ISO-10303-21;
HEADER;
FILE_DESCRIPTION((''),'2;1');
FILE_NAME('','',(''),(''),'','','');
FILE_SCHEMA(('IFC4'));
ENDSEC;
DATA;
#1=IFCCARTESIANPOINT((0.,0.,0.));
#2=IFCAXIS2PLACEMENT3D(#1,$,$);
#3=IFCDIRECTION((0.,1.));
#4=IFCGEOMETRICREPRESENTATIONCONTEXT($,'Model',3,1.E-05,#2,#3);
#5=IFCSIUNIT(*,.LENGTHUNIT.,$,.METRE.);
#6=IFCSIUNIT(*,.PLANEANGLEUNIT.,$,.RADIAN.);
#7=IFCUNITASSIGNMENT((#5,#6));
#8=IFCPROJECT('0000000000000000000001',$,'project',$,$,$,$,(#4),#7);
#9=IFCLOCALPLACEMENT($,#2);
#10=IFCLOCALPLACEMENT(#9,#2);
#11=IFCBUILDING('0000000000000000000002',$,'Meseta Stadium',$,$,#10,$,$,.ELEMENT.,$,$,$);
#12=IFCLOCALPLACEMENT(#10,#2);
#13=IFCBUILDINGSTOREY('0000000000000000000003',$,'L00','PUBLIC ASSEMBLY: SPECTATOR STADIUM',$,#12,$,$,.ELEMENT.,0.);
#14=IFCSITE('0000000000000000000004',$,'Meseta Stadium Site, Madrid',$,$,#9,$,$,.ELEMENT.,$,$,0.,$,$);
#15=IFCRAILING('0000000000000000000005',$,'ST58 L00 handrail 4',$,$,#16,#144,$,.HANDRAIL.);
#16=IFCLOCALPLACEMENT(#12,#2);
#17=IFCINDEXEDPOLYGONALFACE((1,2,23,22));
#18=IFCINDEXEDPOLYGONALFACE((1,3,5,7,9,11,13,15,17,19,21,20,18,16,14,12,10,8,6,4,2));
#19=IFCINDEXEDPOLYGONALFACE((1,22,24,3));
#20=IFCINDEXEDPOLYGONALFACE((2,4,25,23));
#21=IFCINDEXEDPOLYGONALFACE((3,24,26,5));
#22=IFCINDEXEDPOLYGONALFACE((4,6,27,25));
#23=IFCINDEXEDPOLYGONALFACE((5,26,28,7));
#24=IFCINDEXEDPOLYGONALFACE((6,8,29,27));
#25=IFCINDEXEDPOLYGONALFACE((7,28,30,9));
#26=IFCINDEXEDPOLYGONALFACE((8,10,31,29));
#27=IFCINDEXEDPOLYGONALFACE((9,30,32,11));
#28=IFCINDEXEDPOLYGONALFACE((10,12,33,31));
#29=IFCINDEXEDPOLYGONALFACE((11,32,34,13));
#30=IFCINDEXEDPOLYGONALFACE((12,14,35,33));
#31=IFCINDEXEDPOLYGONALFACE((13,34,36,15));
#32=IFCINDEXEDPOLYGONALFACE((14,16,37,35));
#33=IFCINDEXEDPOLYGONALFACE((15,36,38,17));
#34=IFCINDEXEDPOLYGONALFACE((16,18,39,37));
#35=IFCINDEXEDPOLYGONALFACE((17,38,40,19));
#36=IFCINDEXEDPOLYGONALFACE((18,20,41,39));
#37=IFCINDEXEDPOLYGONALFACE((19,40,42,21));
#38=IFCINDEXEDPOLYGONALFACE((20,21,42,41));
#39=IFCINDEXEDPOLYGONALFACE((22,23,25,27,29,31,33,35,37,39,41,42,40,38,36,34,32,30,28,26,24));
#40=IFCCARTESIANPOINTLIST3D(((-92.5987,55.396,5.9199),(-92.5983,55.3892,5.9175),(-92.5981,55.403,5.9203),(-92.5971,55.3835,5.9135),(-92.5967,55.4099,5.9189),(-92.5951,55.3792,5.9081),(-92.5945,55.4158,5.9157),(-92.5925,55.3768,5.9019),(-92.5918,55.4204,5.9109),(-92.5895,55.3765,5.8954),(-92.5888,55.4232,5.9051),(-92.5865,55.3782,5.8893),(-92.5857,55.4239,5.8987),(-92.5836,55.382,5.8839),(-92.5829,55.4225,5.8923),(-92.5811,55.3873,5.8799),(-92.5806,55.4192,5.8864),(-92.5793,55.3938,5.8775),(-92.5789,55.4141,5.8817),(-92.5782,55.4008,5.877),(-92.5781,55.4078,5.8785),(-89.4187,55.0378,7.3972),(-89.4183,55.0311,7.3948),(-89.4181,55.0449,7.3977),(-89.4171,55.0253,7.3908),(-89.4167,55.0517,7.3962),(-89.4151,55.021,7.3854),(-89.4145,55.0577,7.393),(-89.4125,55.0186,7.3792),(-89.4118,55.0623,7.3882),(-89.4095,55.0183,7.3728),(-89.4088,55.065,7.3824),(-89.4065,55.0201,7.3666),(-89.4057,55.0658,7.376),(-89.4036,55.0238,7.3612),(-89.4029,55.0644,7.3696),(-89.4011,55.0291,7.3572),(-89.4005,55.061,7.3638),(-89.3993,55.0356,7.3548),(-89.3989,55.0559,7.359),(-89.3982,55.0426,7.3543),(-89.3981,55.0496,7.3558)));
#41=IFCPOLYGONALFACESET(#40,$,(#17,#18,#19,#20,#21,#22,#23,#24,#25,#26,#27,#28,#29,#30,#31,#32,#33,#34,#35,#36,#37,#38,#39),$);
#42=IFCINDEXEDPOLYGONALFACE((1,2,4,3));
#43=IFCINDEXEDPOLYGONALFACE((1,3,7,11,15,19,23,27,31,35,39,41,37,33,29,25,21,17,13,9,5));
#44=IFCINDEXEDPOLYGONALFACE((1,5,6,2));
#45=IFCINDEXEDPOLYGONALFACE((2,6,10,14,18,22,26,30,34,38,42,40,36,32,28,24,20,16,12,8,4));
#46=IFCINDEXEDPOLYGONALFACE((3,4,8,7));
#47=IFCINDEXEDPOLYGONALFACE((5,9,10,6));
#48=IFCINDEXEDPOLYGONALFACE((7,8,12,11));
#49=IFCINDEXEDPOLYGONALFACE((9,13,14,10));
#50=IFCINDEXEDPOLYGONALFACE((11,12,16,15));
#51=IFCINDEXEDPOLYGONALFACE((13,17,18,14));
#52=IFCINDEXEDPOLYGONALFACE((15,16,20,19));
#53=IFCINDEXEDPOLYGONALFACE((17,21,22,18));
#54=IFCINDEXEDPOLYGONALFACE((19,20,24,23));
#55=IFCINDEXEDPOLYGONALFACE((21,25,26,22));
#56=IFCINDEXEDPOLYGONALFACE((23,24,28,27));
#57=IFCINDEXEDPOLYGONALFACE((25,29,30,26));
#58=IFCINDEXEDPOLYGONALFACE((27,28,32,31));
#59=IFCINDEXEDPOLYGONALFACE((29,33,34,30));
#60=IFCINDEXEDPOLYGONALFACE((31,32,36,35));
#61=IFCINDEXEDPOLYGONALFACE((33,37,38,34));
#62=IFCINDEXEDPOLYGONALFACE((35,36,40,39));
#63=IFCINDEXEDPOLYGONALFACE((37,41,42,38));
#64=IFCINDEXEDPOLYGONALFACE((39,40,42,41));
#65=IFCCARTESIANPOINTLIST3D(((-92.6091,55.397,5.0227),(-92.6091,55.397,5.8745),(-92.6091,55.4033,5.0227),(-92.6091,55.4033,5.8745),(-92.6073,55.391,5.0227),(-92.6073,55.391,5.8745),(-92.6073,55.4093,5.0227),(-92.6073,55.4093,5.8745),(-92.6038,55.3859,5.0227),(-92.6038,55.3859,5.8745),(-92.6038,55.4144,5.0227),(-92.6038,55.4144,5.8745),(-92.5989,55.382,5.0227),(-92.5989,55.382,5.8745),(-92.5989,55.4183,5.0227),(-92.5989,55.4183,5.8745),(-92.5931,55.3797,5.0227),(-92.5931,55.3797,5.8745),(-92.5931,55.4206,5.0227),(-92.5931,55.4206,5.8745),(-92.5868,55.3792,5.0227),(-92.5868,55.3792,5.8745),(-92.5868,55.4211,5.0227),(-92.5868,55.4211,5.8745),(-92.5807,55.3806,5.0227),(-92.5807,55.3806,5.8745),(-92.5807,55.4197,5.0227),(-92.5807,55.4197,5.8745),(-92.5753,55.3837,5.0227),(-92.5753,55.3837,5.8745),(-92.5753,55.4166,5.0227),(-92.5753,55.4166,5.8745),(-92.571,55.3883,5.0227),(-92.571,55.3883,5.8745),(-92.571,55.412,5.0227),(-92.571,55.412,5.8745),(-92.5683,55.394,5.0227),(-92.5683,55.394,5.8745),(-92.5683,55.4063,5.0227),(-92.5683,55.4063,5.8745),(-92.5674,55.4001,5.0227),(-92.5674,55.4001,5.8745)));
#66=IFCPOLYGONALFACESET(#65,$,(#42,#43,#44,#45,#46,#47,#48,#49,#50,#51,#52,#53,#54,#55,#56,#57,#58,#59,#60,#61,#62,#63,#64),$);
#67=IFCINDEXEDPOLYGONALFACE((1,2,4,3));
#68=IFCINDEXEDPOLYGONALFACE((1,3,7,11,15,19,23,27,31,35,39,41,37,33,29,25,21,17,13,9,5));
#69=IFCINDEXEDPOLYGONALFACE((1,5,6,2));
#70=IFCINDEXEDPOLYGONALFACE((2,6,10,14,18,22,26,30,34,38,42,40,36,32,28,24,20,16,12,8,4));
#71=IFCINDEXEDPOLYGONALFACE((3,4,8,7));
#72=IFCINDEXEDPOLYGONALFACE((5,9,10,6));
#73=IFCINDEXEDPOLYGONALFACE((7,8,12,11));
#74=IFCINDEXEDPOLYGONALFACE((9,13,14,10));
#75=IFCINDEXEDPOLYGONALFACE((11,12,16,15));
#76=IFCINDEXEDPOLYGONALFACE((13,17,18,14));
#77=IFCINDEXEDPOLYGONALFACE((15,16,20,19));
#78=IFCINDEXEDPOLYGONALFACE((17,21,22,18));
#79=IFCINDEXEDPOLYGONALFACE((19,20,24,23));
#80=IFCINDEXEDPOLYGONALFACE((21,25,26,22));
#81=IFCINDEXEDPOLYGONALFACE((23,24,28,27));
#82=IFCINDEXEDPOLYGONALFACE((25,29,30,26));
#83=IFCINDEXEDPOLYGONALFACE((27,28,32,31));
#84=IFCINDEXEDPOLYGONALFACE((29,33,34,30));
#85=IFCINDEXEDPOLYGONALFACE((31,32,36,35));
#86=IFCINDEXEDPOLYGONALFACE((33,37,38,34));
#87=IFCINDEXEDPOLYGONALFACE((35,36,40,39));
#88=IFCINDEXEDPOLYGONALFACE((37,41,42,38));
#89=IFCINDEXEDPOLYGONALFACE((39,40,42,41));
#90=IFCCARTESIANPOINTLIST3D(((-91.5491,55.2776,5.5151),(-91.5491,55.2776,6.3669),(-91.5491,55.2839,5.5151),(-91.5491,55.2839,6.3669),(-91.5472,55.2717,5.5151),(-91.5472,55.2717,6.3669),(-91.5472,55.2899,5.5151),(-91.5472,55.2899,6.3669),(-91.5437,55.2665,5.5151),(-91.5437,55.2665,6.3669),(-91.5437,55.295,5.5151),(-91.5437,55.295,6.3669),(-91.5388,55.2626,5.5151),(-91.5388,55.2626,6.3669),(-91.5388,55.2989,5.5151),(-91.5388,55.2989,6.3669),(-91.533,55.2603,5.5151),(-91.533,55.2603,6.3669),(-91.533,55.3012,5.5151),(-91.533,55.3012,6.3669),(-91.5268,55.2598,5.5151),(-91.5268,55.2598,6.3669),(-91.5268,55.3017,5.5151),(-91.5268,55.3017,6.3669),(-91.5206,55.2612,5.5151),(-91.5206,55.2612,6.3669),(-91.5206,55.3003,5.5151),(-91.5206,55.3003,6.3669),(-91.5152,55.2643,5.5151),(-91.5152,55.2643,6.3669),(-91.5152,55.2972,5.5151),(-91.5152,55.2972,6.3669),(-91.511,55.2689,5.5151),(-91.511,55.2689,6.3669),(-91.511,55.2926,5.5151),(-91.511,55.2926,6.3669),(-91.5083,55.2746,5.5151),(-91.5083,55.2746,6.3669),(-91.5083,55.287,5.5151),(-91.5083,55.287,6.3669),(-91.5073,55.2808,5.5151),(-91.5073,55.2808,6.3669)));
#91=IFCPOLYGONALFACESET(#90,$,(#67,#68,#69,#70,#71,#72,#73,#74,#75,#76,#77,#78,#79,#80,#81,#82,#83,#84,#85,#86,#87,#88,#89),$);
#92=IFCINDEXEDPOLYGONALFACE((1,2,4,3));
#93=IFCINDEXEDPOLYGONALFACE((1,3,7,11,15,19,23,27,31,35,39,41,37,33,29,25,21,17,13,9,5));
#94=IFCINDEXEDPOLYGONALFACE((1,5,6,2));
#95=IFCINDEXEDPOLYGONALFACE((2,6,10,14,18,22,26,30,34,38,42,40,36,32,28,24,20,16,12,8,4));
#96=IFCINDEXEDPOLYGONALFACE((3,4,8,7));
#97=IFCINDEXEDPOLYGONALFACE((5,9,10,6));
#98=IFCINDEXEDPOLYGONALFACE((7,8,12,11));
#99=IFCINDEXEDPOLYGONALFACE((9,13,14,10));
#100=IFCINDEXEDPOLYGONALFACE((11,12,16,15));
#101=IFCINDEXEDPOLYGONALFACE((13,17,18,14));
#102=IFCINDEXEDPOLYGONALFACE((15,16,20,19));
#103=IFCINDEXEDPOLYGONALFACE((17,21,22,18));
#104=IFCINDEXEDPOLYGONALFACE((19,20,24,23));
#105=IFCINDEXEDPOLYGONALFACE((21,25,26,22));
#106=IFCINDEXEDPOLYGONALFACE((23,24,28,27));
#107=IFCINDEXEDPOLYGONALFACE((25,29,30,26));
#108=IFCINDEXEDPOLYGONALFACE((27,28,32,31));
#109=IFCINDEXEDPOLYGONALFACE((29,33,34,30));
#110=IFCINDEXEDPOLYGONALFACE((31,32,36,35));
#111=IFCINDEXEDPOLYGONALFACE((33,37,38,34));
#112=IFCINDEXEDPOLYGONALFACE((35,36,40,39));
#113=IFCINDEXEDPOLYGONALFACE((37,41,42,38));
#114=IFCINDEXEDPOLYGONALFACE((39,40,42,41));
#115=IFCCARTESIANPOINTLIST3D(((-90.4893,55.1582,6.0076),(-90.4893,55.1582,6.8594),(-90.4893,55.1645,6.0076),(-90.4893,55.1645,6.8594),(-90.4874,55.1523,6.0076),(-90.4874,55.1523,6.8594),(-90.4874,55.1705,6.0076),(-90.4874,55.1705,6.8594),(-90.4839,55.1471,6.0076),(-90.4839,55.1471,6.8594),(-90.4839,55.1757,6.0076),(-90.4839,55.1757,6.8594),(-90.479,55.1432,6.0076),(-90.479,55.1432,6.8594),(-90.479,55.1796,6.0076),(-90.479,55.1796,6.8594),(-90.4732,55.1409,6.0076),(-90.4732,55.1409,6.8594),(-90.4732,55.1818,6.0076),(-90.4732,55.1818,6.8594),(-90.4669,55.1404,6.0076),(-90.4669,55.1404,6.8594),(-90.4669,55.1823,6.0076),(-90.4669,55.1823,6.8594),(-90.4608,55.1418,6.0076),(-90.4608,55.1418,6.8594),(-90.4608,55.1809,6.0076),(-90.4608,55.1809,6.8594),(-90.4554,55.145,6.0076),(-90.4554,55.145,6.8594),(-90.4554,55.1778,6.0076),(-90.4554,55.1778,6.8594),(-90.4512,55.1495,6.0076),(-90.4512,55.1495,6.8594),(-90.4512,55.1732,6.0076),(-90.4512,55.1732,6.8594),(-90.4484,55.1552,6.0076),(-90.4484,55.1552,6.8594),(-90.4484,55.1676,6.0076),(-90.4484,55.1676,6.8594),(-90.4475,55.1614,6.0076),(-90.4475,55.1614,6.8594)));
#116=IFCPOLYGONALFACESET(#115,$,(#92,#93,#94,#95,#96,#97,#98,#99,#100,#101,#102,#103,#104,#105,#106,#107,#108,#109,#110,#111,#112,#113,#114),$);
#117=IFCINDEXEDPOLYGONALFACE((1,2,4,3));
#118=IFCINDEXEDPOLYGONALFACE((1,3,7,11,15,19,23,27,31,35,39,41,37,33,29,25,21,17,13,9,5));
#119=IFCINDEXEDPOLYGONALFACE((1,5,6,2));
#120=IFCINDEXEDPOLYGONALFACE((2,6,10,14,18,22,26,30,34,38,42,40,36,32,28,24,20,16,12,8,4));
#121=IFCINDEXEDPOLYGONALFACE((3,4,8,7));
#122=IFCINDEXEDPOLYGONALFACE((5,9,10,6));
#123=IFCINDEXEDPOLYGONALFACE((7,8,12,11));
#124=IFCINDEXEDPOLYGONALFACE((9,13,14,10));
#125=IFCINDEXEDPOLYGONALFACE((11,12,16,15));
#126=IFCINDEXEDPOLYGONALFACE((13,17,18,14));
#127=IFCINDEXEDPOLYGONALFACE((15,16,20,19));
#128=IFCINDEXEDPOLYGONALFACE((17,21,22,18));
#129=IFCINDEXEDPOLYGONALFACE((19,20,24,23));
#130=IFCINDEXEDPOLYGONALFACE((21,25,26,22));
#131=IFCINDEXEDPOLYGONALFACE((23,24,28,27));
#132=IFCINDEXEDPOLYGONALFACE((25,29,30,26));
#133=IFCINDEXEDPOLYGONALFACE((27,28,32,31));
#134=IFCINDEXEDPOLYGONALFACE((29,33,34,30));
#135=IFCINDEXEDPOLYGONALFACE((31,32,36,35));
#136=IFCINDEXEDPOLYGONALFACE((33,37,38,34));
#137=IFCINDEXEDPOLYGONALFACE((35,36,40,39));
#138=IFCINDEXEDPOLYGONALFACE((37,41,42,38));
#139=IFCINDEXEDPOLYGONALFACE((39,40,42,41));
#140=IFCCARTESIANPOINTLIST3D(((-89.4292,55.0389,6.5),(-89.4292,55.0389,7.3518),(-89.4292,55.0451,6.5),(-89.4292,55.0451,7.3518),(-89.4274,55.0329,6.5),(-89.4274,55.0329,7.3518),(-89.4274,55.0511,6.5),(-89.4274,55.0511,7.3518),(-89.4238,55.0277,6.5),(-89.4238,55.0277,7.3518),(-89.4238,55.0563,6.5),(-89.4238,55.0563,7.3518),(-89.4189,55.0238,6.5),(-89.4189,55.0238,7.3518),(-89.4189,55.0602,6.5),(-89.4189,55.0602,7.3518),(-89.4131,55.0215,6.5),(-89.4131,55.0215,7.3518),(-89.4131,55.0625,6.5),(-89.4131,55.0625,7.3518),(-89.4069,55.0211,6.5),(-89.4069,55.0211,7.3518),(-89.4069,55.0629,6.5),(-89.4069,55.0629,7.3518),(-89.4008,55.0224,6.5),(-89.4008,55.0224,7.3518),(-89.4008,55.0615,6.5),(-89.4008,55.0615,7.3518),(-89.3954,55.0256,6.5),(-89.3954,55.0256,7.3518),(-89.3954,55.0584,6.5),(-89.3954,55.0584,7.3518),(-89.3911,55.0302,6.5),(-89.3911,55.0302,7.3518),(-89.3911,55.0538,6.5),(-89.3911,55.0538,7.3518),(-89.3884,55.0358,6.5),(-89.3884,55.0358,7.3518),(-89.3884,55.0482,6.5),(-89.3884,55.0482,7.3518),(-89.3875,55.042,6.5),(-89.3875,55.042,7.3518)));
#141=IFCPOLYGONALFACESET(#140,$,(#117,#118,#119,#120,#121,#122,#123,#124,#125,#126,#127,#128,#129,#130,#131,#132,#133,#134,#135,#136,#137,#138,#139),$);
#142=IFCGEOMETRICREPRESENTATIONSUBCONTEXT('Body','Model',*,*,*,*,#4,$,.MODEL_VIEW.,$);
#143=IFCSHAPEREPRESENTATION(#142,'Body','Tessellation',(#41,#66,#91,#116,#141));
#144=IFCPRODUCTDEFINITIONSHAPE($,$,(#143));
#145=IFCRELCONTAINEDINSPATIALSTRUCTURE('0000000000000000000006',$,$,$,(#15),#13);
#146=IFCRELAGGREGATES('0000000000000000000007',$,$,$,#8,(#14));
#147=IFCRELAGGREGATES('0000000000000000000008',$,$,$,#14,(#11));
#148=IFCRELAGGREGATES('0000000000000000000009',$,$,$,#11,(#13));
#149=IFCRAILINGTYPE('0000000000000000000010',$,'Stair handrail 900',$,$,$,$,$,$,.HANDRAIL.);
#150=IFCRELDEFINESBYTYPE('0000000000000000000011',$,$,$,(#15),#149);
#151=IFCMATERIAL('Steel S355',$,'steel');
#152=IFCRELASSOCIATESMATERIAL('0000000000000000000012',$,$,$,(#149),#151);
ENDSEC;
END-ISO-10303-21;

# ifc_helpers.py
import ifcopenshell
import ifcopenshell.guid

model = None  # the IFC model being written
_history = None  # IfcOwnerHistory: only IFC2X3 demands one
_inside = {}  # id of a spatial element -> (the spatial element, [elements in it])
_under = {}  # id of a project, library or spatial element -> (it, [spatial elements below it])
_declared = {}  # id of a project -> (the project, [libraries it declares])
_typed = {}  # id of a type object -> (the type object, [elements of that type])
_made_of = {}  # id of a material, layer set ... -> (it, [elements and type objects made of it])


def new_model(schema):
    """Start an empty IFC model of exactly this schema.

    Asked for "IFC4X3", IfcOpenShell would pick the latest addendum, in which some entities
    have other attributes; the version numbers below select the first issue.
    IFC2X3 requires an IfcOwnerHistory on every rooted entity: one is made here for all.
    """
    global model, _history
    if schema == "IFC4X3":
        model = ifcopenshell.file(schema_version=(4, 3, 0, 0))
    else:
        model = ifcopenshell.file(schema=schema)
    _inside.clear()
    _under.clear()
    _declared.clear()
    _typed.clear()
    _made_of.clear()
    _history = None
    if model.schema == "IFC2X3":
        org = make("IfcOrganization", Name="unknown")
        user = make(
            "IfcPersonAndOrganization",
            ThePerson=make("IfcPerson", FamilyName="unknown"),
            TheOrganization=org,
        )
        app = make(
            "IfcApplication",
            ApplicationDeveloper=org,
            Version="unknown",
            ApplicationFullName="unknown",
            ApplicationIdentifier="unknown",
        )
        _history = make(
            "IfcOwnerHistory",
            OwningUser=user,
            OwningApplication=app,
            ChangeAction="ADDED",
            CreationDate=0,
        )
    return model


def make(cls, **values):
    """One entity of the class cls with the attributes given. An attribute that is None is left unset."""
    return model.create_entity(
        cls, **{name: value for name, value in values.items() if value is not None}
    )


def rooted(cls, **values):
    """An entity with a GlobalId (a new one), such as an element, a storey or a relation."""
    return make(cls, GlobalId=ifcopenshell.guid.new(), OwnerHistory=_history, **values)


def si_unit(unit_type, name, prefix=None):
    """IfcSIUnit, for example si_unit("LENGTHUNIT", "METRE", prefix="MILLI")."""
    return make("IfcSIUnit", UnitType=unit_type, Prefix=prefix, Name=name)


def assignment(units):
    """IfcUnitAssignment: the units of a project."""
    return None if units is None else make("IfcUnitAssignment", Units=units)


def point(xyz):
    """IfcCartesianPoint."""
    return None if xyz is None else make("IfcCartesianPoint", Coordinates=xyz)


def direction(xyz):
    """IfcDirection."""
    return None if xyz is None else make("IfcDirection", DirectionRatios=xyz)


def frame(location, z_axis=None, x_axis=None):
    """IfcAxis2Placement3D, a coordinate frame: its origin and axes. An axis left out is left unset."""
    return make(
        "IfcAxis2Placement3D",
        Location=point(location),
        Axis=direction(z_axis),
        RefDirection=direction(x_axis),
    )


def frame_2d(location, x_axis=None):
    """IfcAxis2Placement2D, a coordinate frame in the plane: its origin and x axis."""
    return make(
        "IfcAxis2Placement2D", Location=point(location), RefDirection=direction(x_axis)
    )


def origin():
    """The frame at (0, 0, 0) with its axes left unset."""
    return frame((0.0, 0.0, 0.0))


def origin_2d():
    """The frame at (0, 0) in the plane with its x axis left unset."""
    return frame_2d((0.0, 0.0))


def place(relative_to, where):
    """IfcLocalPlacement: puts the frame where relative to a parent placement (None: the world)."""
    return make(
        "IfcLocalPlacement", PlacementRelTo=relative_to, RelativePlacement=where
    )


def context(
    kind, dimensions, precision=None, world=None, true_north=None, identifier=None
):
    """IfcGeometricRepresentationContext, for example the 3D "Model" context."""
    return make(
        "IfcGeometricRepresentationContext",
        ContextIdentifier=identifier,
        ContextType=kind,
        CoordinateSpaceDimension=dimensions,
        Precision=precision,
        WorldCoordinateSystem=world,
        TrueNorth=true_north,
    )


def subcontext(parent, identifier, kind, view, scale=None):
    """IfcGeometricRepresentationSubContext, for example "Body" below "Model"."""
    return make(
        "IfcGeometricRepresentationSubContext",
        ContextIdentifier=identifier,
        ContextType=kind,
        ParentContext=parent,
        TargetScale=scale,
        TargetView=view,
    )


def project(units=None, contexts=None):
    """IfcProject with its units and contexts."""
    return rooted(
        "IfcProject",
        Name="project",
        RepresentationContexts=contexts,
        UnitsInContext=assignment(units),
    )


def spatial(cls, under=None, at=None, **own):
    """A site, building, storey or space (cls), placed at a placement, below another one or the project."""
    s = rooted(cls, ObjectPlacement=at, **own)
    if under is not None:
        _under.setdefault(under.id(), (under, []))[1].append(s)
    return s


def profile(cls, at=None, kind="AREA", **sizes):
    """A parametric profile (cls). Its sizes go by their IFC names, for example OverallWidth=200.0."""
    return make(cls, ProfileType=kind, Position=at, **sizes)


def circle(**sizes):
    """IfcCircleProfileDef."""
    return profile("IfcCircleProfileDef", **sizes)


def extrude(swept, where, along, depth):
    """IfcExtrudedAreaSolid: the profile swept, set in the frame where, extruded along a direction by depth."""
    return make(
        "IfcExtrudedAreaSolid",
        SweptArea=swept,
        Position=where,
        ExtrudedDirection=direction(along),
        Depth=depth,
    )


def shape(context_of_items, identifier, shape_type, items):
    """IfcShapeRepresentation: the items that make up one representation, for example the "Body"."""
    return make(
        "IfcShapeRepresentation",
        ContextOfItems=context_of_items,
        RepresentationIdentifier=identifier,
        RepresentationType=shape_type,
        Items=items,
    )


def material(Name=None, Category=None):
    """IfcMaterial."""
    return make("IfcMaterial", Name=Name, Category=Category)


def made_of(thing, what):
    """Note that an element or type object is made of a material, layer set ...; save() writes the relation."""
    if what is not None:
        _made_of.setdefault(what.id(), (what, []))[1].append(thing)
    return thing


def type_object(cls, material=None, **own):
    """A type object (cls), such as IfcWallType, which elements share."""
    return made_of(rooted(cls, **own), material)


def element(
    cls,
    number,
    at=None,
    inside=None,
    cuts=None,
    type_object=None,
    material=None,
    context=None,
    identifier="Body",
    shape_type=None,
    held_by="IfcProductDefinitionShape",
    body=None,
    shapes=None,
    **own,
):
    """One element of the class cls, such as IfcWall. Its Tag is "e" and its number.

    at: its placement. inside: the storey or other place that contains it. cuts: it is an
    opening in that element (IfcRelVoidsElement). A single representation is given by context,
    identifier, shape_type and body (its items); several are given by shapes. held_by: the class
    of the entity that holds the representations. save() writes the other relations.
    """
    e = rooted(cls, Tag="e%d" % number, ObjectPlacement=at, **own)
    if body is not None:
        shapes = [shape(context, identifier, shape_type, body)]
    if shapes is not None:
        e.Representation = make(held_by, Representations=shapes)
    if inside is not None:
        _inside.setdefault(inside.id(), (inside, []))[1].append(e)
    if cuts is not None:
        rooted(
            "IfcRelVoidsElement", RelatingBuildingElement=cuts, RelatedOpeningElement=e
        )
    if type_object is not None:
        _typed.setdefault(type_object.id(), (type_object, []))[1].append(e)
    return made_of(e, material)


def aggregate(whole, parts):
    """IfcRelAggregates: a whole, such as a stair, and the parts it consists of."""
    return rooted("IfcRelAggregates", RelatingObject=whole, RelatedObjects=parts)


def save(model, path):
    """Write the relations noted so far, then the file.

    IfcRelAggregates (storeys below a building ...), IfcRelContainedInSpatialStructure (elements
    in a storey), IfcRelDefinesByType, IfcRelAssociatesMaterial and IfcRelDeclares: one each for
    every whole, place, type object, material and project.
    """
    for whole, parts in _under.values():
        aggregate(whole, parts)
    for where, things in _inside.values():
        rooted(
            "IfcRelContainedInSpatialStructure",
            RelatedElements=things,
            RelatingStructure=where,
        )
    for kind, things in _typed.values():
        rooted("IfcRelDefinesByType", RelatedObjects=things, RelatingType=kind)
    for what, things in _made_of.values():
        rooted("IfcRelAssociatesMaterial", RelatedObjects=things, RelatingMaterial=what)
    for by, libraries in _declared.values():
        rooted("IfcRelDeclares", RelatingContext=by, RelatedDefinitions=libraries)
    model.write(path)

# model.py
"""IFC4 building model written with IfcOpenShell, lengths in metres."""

from ifc_helpers import new_model, si_unit, direction, frame, origin, origin_2d, place, context, subcontext, project, spatial, circle, extrude, material, type_object, element, save


model = new_model("IFC4")

# Units and contexts
model_context = context("Model", 3, precision=1e-05, world=origin(), true_north=direction((0.0, 1.0)))
body_context = subcontext(model_context, "Body", "Model", "MODEL_VIEW")
ifc_project = project(units=[si_unit("LENGTHUNIT", "METRE"), si_unit("PLANEANGLEUNIT", "RADIAN")], contexts=[model_context])

# Site, building, storey
site_placement = place(None, origin())
site = spatial("IfcSite", under=ifc_project, at=site_placement, Name="Meseta Stadium Site, Madrid", CompositionType="ELEMENT", RefElevation=0.0)
building_placement = place(site_placement, origin())
building = spatial("IfcBuilding", under=site, at=building_placement, Name="Meseta Stadium", CompositionType="ELEMENT")
storey_placement = place(building_placement, origin())
storey = spatial("IfcBuildingStorey", under=building, at=storey_placement, Name="L00", Description="PUBLIC ASSEMBLY: SPECTATOR STADIUM", CompositionType="ELEMENT", Elevation=0.0)

# Railing
ifc_material_1 = material(Name="Steel S355", Category="steel")
railing_type_1 = type_object("IfcRailingType", Name="Stair handrail 900", PredefinedType="HANDRAIL", material=ifc_material_1)
railing_1_placement = place(storey_placement, frame((-92.5884, 55.4001, 5.0227)))
element("IfcRailing", 1, at=railing_1_placement, inside=storey, type_object=railing_type_1, Name="ST58 L00 handrail 4", PredefinedType="HANDRAIL", context=body_context, shape_type="SweptSolid", body=[
    extrude(circle(Radius=0.0239, at=origin_2d()), frame((0.0, 0.0, 0.876), z_axis=(0.902217, -0.101616, 0.419141), x_axis=(0.111922, 0.993717, 0.0)), (0.0, 0.0, 1.0), 3.5247),
    extrude(circle(Radius=0.021, at=origin_2d()), origin(), (0.0, 0.0, 1.0), 0.8518),
    extrude(circle(Radius=0.021, at=origin_2d()), frame((1.0601, -0.1194, 0.4924)), (0.0, 0.0, 1.0), 0.8518),
    extrude(circle(Radius=0.021, at=origin_2d()), frame((2.1199, -0.2388, 0.9849)), (0.0, 0.0, 1.0), 0.8518),
    extrude(circle(Radius=0.021, at=origin_2d()), frame((3.1799, -0.3582, 1.4773)), (0.0, 0.0, 1.0), 0.8518),
])

save(model, "model.ifc")
